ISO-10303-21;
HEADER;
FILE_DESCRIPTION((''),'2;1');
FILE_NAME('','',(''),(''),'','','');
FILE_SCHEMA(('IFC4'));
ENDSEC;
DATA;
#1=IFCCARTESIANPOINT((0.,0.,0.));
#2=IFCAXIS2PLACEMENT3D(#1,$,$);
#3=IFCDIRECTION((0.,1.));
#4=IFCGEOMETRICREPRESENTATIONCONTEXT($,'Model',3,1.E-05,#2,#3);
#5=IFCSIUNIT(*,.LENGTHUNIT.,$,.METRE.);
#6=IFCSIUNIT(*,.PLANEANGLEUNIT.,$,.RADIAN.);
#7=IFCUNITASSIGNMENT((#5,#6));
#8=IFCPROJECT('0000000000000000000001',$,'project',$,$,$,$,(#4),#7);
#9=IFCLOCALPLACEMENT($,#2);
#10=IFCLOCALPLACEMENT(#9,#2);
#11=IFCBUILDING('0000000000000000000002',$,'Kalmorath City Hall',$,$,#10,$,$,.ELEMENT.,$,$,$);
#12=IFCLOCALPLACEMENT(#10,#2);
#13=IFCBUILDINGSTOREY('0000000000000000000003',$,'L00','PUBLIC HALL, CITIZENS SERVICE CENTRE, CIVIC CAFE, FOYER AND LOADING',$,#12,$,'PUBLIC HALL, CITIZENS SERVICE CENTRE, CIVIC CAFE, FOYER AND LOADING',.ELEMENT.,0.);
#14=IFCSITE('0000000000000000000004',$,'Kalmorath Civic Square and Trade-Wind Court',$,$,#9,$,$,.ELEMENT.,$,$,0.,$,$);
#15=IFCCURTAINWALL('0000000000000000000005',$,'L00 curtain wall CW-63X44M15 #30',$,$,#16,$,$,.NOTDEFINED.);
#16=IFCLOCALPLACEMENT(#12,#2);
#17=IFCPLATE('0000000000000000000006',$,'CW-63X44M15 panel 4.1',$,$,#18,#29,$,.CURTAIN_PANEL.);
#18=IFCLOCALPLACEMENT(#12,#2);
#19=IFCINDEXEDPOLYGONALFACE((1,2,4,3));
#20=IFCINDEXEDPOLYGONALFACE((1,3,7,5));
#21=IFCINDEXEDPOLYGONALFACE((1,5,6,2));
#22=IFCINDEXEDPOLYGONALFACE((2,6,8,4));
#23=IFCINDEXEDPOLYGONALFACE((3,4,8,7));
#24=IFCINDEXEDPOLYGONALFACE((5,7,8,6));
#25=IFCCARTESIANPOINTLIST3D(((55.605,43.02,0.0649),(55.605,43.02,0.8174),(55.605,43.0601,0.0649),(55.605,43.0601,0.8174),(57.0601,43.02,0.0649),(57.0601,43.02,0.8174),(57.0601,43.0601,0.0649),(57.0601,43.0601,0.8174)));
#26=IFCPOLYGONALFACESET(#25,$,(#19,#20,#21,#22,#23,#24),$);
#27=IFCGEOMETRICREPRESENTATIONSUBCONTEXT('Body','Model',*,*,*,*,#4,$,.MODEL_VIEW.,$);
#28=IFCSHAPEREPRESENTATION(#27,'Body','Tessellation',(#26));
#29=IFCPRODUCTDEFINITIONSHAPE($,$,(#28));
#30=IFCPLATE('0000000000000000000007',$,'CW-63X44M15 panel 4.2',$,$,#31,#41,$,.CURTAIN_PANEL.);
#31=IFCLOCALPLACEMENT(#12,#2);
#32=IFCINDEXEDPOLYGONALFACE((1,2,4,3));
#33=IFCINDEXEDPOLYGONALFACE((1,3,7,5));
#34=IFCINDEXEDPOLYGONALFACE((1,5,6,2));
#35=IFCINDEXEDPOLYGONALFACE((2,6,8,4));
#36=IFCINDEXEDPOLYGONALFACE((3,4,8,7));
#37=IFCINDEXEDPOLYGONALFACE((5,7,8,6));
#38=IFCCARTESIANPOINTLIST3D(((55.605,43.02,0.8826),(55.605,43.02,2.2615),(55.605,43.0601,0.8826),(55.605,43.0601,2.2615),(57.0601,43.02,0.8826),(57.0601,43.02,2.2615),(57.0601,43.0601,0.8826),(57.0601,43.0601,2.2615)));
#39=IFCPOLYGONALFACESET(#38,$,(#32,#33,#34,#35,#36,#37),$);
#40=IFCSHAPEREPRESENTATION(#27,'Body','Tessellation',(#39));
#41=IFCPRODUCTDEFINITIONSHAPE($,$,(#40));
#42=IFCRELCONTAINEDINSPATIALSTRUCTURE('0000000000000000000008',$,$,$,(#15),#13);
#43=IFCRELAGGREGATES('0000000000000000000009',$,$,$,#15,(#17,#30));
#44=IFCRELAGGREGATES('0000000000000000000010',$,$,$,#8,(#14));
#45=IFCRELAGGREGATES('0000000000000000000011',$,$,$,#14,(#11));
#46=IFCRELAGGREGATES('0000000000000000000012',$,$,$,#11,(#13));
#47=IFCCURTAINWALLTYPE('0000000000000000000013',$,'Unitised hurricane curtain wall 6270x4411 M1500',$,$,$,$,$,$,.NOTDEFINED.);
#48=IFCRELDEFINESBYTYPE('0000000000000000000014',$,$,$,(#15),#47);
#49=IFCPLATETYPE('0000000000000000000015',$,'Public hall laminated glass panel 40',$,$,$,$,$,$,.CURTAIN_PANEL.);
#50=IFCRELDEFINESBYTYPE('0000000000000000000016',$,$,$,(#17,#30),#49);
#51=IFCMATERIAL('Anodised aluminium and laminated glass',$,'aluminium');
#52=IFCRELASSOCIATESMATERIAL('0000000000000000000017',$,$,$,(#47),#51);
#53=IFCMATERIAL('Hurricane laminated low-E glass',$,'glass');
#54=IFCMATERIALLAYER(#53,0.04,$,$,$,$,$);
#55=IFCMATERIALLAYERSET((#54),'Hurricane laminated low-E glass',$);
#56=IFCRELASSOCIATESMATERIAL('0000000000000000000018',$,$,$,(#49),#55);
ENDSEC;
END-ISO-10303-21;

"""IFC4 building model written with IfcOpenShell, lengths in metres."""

from ifc_helpers import new_model, si_unit, direction, frame, origin, origin_2d, place, context, subcontext, project, spatial, rectangle, extrude, material, layer, layer_set, type_object, element, aggregate, save


model = new_model("IFC4")

# Units and contexts
model_context = context("Model", 3, precision=1e-05, world=origin(), true_north=direction((0.0, 1.0)))
body_context = subcontext(model_context, "Body", "Model", "MODEL_VIEW")
ifc_project = project(units=[si_unit("LENGTHUNIT", "METRE"), si_unit("PLANEANGLEUNIT", "RADIAN")], contexts=[model_context])

# Site, building, storey
site_placement = place(None, origin())
site = spatial("IfcSite", under=ifc_project, at=site_placement, Name="Kalmorath Civic Square and Trade-Wind Court", CompositionType="ELEMENT", RefElevation=0.0)
building_placement = place(site_placement, origin())
building = spatial("IfcBuilding", under=site, at=building_placement, Name="Kalmorath City Hall", CompositionType="ELEMENT")
storey_placement = place(building_placement, origin())
storey = spatial("IfcBuildingStorey", under=building, at=storey_placement, Name="L00", Description="PUBLIC HALL, CITIZENS SERVICE CENTRE, CIVIC CAFE, FOYER AND LOADING", LongName="PUBLIC HALL, CITIZENS SERVICE CENTRE, CIVIC CAFE, FOYER AND LOADING", CompositionType="ELEMENT", Elevation=0.0)

# Curtain wall
ifc_material_1 = material(Name="Anodised aluminium and laminated glass", Category="aluminium")
curtain_wall_type = type_object("IfcCurtainWallType", Name="Unitised hurricane curtain wall 6270x4411 M1500", PredefinedType="NOTDEFINED", material=ifc_material_1)
curtain_wall_placement = place(storey_placement, origin())
curtain_wall = element("IfcCurtainWall", 1, at=curtain_wall_placement, inside=storey, type_object=curtain_wall_type, Name="L00 curtain wall CW-63X44M15 #30", PredefinedType="NOTDEFINED")

# Plates
ifc_material_2 = material(Name="Hurricane laminated low-E glass", Category="glass")
ifc_layer = layer(ifc_material_2, 0.04)
ifc_layer_set = layer_set([ifc_layer], Name="Hurricane laminated low-E glass")
plate_type = type_object("IfcPlateType", Name="Public hall laminated glass panel 40", PredefinedType="CURTAIN_PANEL", material=ifc_layer_set)
plate_1_placement = place(storey_placement, frame((56.3325, 43.04, 0.0649), z_axis=(0.0, 0.0, 1.0), x_axis=(1.0, 0.0, 0.0)))
plate_1 = element("IfcPlate", 2, at=plate_1_placement, type_object=plate_type, Name="CW-63X44M15 panel 4.1", PredefinedType="CURTAIN_PANEL", context=body_context, shape_type="SweptSolid", body=[
    extrude(rectangle(XDim=1.4551, YDim=0.04, at=origin_2d()), origin(), (0.0, 0.0, 1.0), 0.7524),
])
plate_2_placement = place(storey_placement, frame((56.3325, 43.04, 0.8826), z_axis=(0.0, 0.0, 1.0), x_axis=(1.0, 0.0, 0.0)))
plate_2 = element("IfcPlate", 3, at=plate_2_placement, type_object=plate_type, Name="CW-63X44M15 panel 4.2", PredefinedType="CURTAIN_PANEL", context=body_context, shape_type="SweptSolid", body=[
    extrude(rectangle(XDim=1.4551, YDim=0.04, at=origin_2d()), origin(), (0.0, 0.0, 1.0), 1.3789),
])
aggregate(curtain_wall, [plate_1, plate_2])

save(model, "model.ifc")
